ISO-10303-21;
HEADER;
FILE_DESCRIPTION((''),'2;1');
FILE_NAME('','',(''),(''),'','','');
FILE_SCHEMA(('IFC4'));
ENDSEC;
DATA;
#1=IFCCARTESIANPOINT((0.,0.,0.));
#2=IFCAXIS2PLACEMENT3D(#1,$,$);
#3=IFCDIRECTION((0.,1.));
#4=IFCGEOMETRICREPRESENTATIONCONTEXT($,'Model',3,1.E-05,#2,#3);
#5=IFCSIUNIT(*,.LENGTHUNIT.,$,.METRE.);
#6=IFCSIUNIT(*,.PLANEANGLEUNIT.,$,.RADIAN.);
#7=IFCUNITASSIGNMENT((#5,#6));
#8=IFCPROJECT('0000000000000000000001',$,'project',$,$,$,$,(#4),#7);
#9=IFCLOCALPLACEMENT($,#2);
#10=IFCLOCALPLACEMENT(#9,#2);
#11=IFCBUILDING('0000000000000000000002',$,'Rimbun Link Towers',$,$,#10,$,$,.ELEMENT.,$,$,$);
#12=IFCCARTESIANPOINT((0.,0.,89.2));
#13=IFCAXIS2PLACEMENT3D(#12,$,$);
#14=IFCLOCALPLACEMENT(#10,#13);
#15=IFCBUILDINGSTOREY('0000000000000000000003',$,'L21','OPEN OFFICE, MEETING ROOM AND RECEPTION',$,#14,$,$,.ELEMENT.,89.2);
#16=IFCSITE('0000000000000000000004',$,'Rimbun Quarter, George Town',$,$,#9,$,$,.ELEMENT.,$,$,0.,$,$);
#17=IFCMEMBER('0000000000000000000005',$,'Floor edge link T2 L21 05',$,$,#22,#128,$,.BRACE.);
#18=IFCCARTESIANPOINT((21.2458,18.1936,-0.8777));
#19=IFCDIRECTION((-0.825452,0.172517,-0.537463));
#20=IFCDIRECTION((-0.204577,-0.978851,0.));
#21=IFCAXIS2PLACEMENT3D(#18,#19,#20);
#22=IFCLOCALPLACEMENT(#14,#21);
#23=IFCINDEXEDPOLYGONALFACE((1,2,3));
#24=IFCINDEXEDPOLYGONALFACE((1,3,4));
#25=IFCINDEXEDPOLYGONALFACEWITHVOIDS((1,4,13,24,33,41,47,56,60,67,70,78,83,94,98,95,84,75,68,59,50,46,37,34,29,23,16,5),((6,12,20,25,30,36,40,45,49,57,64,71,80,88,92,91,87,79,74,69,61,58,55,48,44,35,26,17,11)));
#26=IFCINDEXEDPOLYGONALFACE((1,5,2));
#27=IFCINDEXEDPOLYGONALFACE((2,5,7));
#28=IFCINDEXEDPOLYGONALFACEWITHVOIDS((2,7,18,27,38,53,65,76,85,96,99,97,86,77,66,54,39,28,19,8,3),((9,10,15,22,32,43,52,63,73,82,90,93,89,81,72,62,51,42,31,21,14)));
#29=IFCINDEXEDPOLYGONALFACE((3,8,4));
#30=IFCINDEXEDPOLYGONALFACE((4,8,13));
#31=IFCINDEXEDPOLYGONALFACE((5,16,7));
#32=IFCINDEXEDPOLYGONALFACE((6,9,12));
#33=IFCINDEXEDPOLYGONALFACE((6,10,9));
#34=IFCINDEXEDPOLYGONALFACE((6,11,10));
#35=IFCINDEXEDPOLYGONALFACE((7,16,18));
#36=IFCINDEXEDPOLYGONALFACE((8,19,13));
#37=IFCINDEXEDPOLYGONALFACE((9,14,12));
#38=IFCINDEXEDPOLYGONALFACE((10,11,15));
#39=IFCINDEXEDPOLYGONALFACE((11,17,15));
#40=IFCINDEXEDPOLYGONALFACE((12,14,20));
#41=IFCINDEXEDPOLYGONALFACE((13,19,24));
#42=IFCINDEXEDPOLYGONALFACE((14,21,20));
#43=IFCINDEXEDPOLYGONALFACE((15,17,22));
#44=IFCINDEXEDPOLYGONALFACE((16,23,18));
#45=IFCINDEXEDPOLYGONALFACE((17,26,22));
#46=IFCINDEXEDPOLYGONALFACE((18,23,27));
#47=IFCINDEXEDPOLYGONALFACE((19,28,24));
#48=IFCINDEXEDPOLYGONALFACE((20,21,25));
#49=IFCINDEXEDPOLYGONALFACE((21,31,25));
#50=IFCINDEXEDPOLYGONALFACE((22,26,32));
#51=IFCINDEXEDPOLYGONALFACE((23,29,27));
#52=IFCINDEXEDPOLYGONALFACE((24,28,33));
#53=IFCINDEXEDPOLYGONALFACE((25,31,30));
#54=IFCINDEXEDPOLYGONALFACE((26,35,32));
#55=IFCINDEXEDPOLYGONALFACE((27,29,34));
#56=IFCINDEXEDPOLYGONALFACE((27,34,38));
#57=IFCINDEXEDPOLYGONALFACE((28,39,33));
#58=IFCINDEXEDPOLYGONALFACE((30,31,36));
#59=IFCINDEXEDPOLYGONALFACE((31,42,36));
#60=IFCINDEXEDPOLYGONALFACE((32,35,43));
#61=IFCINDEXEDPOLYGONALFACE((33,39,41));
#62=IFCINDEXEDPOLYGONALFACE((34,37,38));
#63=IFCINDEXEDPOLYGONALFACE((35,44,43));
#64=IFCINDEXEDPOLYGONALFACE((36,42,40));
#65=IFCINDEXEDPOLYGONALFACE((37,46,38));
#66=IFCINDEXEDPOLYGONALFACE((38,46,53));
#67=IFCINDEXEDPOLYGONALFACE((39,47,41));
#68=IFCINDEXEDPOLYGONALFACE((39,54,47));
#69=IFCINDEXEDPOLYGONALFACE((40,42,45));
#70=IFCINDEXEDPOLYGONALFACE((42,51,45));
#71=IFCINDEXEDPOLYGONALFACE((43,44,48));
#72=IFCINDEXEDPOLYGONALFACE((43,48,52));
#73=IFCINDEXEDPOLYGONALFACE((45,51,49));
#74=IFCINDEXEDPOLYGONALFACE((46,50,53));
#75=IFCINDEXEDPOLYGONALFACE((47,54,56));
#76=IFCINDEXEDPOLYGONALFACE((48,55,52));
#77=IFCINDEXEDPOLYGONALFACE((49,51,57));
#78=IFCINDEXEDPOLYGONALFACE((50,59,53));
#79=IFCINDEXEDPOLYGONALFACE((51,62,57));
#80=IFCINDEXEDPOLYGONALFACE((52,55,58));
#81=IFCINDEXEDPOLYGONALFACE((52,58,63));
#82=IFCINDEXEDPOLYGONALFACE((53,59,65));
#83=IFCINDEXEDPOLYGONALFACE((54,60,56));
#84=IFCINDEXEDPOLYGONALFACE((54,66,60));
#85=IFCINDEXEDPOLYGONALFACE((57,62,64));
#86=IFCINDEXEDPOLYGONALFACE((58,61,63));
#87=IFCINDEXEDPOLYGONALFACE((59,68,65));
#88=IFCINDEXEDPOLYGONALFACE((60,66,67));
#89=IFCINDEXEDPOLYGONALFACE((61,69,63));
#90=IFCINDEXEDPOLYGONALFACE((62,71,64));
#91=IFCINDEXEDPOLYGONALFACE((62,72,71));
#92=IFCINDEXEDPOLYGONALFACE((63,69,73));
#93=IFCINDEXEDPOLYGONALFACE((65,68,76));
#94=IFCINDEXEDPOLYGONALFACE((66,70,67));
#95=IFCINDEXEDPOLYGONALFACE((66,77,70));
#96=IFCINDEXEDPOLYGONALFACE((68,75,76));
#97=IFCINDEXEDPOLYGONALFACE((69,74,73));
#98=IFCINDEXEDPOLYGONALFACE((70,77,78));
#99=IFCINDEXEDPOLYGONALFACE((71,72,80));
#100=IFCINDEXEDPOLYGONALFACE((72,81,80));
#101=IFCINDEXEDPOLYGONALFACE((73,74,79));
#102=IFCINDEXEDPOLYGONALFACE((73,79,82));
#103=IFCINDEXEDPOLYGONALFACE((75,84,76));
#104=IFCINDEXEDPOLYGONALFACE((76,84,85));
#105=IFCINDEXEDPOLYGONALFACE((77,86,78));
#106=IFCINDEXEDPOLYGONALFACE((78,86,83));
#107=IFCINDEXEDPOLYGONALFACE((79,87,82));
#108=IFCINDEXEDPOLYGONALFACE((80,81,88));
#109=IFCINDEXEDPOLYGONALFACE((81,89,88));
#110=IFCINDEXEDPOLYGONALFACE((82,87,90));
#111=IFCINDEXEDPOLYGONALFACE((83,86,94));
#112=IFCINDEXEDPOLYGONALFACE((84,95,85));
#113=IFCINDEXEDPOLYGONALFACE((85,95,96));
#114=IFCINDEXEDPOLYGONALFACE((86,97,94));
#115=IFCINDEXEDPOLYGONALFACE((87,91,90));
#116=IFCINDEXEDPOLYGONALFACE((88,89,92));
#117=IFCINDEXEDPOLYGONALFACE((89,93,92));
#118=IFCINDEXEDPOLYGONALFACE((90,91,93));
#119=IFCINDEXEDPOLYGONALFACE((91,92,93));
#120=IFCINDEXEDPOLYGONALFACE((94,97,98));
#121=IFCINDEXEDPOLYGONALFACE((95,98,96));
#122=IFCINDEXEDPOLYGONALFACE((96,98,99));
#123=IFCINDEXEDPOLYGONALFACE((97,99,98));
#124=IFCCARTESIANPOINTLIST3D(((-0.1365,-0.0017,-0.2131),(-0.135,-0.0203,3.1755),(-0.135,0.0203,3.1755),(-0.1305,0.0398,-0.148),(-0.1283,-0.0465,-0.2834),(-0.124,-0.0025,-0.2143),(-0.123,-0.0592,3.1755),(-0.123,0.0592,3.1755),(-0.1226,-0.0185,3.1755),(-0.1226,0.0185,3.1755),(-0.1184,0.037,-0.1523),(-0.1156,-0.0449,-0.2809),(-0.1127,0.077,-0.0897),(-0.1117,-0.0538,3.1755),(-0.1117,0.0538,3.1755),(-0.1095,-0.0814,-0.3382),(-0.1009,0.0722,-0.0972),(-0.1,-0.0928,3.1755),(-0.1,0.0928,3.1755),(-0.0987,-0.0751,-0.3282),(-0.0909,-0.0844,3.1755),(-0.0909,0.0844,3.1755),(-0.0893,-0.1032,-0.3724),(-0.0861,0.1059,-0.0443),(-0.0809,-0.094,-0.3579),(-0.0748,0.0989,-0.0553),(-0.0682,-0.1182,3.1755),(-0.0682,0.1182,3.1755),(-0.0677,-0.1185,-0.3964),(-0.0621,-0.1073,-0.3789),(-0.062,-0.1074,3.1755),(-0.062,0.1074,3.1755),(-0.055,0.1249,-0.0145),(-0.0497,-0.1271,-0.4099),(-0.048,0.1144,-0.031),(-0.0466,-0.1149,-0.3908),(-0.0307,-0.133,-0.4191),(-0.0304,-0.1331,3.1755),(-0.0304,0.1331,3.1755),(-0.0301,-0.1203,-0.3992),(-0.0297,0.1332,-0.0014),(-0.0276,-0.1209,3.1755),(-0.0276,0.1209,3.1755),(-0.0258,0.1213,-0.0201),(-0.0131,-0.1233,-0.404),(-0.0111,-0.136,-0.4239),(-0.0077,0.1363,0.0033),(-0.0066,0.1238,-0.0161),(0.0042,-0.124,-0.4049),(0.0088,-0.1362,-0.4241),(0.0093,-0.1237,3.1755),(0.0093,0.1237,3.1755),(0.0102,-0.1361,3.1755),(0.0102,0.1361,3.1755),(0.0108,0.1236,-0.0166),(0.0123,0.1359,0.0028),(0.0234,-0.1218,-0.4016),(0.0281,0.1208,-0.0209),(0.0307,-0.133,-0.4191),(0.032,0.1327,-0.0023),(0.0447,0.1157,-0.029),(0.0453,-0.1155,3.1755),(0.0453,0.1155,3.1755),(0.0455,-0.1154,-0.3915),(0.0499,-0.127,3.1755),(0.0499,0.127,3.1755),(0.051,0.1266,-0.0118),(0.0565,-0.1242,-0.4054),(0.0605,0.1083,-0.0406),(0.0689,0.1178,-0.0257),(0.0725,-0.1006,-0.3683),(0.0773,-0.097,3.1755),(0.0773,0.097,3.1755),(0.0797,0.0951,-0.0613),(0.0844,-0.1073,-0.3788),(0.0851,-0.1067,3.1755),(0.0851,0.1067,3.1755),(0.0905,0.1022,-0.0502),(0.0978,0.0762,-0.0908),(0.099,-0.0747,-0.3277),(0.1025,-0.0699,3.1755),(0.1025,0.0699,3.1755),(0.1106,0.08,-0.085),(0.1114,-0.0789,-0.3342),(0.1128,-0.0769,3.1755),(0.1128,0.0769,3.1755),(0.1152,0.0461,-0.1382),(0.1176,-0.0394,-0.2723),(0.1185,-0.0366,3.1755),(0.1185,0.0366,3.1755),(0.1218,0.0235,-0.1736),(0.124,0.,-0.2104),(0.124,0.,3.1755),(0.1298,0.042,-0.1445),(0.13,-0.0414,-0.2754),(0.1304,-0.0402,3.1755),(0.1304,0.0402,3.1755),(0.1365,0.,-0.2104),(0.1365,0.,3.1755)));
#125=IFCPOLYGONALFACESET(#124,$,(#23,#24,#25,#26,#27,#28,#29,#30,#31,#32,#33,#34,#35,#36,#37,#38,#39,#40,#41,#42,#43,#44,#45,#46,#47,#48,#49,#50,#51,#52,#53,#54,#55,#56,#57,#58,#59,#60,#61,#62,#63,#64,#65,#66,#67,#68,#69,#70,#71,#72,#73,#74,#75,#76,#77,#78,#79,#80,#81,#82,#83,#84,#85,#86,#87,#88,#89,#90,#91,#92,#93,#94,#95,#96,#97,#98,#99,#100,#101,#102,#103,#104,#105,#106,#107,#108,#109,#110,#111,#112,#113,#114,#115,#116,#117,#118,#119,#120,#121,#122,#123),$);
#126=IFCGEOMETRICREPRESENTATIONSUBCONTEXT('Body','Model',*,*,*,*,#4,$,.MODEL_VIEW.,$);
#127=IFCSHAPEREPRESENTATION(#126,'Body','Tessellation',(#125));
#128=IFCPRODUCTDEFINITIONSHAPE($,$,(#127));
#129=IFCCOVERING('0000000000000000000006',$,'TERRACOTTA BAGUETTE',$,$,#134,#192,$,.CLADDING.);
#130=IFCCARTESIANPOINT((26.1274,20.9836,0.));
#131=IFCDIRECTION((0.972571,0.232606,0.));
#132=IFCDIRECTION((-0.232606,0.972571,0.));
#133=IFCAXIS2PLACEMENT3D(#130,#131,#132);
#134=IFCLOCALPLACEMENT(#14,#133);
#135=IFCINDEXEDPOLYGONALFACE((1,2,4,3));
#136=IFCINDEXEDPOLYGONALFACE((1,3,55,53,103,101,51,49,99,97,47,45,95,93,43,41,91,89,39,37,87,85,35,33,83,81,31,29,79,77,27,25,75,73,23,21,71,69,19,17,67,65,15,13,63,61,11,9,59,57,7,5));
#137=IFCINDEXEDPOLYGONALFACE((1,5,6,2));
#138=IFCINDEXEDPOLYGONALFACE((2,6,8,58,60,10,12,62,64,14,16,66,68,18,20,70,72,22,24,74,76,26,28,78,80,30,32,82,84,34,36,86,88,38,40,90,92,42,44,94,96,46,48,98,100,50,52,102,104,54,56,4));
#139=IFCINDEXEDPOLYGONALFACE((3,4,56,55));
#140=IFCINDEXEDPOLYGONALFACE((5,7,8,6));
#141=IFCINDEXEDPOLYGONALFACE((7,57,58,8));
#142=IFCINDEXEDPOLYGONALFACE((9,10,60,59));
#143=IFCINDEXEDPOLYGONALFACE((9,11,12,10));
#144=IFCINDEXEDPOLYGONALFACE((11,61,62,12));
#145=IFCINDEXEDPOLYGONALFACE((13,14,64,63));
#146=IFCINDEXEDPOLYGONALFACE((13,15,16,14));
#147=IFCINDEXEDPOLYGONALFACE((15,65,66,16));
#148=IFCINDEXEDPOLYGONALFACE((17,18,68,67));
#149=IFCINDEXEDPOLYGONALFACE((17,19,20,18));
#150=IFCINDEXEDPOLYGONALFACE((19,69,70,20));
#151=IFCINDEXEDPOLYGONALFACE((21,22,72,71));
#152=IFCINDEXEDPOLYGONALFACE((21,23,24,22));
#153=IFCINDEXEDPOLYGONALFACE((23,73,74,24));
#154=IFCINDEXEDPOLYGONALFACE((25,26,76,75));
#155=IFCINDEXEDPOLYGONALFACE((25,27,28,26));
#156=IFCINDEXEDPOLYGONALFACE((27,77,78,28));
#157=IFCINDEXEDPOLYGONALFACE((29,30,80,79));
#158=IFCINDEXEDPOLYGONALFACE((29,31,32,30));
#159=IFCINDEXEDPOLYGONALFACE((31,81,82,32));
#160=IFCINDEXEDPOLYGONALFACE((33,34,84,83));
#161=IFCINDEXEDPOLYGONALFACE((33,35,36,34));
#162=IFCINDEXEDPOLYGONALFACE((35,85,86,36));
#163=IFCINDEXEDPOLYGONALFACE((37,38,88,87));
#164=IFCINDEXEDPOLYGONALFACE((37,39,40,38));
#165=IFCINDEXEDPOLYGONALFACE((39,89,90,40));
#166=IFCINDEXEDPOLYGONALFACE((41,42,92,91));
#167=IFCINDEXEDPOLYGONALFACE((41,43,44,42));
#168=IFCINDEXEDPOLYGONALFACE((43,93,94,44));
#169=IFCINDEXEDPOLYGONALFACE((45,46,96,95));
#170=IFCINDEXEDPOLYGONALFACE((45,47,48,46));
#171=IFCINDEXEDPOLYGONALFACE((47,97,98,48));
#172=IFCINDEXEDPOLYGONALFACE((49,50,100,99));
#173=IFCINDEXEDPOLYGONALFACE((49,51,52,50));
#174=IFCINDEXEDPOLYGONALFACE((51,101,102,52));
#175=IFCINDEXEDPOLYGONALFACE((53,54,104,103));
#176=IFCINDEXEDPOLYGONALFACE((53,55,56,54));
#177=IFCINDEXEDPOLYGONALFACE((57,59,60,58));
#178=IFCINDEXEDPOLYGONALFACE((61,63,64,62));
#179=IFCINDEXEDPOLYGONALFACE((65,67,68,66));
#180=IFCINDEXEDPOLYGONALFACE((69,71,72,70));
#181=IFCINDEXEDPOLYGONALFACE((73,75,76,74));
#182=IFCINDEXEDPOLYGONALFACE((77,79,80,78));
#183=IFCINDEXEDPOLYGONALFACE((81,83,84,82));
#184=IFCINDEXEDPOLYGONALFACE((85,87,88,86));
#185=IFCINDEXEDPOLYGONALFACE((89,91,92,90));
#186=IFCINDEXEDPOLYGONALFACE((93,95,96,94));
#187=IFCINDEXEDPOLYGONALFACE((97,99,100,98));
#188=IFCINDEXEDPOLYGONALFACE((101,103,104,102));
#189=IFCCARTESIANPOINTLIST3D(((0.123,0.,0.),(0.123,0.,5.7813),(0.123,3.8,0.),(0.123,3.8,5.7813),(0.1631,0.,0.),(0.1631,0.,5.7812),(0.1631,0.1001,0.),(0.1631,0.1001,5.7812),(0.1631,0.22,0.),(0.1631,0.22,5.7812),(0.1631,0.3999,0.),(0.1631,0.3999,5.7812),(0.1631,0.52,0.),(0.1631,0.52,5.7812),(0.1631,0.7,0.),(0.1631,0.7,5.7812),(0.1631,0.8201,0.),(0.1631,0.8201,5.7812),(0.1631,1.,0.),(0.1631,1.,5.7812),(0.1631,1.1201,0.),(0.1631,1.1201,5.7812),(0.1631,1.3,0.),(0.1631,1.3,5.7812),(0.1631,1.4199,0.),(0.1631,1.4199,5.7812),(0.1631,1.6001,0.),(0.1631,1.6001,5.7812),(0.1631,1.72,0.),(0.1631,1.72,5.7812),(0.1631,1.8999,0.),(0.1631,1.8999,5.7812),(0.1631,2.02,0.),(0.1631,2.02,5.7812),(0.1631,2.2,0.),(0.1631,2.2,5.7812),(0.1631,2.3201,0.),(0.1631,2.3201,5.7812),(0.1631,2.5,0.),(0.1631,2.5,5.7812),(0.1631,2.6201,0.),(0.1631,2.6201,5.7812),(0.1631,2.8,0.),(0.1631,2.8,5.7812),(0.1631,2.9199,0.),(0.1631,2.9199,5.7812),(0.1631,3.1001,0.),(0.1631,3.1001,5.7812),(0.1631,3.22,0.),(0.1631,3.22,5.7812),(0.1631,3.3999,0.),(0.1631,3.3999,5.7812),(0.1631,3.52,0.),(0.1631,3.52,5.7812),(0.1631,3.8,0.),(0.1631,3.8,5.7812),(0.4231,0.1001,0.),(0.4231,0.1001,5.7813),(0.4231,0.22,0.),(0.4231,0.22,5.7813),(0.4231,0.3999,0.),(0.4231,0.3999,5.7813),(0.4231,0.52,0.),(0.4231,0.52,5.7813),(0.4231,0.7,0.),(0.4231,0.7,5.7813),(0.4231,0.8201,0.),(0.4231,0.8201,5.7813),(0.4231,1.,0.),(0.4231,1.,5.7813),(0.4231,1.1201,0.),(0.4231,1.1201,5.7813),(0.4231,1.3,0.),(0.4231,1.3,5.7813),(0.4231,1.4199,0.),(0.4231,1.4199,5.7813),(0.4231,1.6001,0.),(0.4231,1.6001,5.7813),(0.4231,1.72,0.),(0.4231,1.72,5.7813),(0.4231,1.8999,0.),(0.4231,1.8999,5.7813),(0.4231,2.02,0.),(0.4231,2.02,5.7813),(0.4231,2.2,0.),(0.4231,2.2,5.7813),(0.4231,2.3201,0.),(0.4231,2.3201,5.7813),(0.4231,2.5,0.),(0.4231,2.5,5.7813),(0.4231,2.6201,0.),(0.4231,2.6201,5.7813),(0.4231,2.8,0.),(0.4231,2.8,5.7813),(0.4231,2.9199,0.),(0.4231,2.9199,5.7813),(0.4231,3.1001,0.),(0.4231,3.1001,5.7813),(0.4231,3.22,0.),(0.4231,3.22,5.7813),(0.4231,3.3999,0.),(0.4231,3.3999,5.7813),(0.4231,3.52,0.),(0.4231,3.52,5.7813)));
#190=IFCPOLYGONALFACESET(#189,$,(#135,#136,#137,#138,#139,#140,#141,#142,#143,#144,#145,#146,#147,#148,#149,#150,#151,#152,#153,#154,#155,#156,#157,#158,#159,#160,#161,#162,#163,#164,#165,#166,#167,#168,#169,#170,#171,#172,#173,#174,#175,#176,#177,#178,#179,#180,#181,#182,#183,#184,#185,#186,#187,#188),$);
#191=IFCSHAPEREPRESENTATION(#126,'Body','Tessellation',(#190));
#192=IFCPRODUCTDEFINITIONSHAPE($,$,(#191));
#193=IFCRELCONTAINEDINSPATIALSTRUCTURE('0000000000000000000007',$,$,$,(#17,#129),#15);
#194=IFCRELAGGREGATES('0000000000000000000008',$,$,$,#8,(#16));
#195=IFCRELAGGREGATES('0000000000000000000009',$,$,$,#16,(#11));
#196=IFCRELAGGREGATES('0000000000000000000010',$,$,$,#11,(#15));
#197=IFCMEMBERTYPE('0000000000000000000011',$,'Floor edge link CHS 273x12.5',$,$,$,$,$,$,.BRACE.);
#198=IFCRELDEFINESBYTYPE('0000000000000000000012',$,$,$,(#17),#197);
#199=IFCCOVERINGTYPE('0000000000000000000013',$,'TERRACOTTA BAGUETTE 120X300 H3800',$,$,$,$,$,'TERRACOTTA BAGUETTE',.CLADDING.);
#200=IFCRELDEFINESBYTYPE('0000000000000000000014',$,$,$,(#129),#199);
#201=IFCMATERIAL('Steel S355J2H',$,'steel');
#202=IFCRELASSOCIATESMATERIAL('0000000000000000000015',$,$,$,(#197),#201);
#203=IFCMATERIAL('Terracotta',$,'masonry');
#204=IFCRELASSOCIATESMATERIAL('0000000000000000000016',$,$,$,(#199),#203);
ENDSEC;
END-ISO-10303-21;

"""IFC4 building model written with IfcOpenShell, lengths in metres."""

from ifc_helpers import new_model, si_unit, direction, frame, origin, origin_2d, place, context, subcontext, project, spatial, polyline, hollow_circle, outline, extrude, clip, halfspace, material, material_profile, profile_set, type_object, element, save


model = new_model("IFC4")

# Units and contexts
model_context = context("Model", 3, precision=1e-05, world=origin(), true_north=direction((0.0, 1.0)))
body_context = subcontext(model_context, "Body", "Model", "MODEL_VIEW")
ifc_project = project(units=[si_unit("LENGTHUNIT", "METRE"), si_unit("PLANEANGLEUNIT", "RADIAN")], contexts=[model_context])

# Site, building, storey
site_placement = place(None, origin())
site = spatial("IfcSite", under=ifc_project, at=site_placement, Name="Rimbun Quarter, George Town", CompositionType="ELEMENT", RefElevation=0.0)
building_placement = place(site_placement, origin())
building = spatial("IfcBuilding", under=site, at=building_placement, Name="Rimbun Link Towers", CompositionType="ELEMENT")
storey_placement = place(building_placement, frame((0.0, 0.0, 89.2)))
storey = spatial("IfcBuildingStorey", under=building, at=storey_placement, Name="L21", Description="OPEN OFFICE, MEETING ROOM AND RECEPTION", CompositionType="ELEMENT", Elevation=89.2)

# Member
ifc_material_1 = material(Name="Steel S355J2H", Category="steel")
ifc_material_profile_1 = material_profile(ifc_material_1, hollow_circle(Radius=0.1365, WallThickness=0.0125, at=origin_2d()), Name="CHS 273x12.5")
ifc_profile_set_1 = profile_set([ifc_material_profile_1], Name="Steel S355J2H")
member_type_1 = type_object("IfcMemberType", Name="Floor edge link CHS 273x12.5", PredefinedType="BRACE", material=ifc_profile_set_1)
member_1_placement = place(storey_placement, frame((21.2458, 18.1936, -0.8777), z_axis=(-0.825452, 0.172517, -0.537463), x_axis=(-0.204577, -0.978851, 0.0)))
element("IfcMember", 1, at=member_1_placement, inside=storey, type_object=member_type_1, Name="Floor edge link T2 L21 05", PredefinedType="BRACE", context=body_context, shape_type="Clipping", body=[
    clip(extrude(hollow_circle(Radius=0.1365, WallThickness=0.0125, at=origin_2d()), frame((0.0, 0.0, -0.447)), (0.0, 0.0, 1.0), 3.6226), halfspace(frame((0.0, 0.0, -0.2104), z_axis=(0.0, 0.843287, -0.537463)), False)),
])

# Covering
ifc_material_2 = material(Name="Terracotta", Category="masonry")
ifc_material_profile_2 = material_profile(ifc_material_2, outline(polyline([(0.123, 0.0), (0.1631, 0.0), (0.1631, 0.1001), (0.4231, 0.1001), (0.4231, 0.22), (0.1631, 0.22), (0.1631, 0.3999), (0.4231, 0.3999), (0.4231, 0.52), (0.1631, 0.52), (0.1631, 0.7), (0.4231, 0.7), (0.4231, 0.8201), (0.1631, 0.8201), (0.1631, 1.0), (0.4231, 1.0), (0.4231, 1.1201), (0.1631, 1.1201), (0.1631, 1.3), (0.4231, 1.3), (0.4231, 1.4199), (0.1631, 1.4199), (0.1631, 1.6001), (0.4231, 1.6001), (0.4231, 1.72), (0.1631, 1.72), (0.1631, 1.8999), (0.4231, 1.8999), (0.4231, 2.02), (0.1631, 2.02), (0.1631, 2.2), (0.4231, 2.2), (0.4231, 2.3201), (0.1631, 2.3201), (0.1631, 2.5), (0.4231, 2.5), (0.4231, 2.6201), (0.1631, 2.6201), (0.1631, 2.8), (0.4231, 2.8), (0.4231, 2.9199), (0.1631, 2.9199), (0.1631, 3.1001), (0.4231, 3.1001), (0.4231, 3.22), (0.1631, 3.22), (0.1631, 3.3999), (0.4231, 3.3999), (0.4231, 3.52), (0.1631, 3.52), (0.1631, 3.8), (0.123, 3.8), (0.123, 0.0)])), Name="BAGUETTE 120X300")
ifc_profile_set_2 = profile_set([ifc_material_profile_2], Name="Terracotta")
covering_type = type_object("IfcCoveringType", Name="TERRACOTTA BAGUETTE 120X300 H3800", ElementType="TERRACOTTA BAGUETTE", PredefinedType="CLADDING", material=ifc_profile_set_2)
covering_1_placement = place(storey_placement, frame((26.1274, 20.9836, 0.0), z_axis=(0.972571, 0.232606, 0.0), x_axis=(-0.232606, 0.972571, 0.0)))
element("IfcCovering", 2, at=covering_1_placement, inside=storey, type_object=covering_type, Name="TERRACOTTA BAGUETTE", PredefinedType="CLADDING", context=body_context, shape_type="SweptSolid", body=[
    extrude(outline(polyline([(0.123, 0.0), (0.1631, 0.0), (0.1631, 0.1001), (0.4231, 0.1001), (0.4231, 0.22), (0.1631, 0.22), (0.1631, 0.3999), (0.4231, 0.3999), (0.4231, 0.52), (0.1631, 0.52), (0.1631, 0.7), (0.4231, 0.7), (0.4231, 0.8201), (0.1631, 0.8201), (0.1631, 1.0), (0.4231, 1.0), (0.4231, 1.1201), (0.1631, 1.1201), (0.1631, 1.3), (0.4231, 1.3), (0.4231, 1.4199), (0.1631, 1.4199), (0.1631, 1.6001), (0.4231, 1.6001), (0.4231, 1.72), (0.1631, 1.72), (0.1631, 1.8999), (0.4231, 1.8999), (0.4231, 2.02), (0.1631, 2.02), (0.1631, 2.2), (0.4231, 2.2), (0.4231, 2.3201), (0.1631, 2.3201), (0.1631, 2.5), (0.4231, 2.5), (0.4231, 2.6201), (0.1631, 2.6201), (0.1631, 2.8), (0.4231, 2.8), (0.4231, 2.9199), (0.1631, 2.9199), (0.1631, 3.1001), (0.4231, 3.1001), (0.4231, 3.22), (0.1631, 3.22), (0.1631, 3.3999), (0.4231, 3.3999), (0.4231, 3.52), (0.1631, 3.52), (0.1631, 3.8), (0.123, 3.8), (0.123, 0.0)])), origin(), (0.0, 0.0, 1.0), 5.7812),
])

save(model, "model.ifc")
